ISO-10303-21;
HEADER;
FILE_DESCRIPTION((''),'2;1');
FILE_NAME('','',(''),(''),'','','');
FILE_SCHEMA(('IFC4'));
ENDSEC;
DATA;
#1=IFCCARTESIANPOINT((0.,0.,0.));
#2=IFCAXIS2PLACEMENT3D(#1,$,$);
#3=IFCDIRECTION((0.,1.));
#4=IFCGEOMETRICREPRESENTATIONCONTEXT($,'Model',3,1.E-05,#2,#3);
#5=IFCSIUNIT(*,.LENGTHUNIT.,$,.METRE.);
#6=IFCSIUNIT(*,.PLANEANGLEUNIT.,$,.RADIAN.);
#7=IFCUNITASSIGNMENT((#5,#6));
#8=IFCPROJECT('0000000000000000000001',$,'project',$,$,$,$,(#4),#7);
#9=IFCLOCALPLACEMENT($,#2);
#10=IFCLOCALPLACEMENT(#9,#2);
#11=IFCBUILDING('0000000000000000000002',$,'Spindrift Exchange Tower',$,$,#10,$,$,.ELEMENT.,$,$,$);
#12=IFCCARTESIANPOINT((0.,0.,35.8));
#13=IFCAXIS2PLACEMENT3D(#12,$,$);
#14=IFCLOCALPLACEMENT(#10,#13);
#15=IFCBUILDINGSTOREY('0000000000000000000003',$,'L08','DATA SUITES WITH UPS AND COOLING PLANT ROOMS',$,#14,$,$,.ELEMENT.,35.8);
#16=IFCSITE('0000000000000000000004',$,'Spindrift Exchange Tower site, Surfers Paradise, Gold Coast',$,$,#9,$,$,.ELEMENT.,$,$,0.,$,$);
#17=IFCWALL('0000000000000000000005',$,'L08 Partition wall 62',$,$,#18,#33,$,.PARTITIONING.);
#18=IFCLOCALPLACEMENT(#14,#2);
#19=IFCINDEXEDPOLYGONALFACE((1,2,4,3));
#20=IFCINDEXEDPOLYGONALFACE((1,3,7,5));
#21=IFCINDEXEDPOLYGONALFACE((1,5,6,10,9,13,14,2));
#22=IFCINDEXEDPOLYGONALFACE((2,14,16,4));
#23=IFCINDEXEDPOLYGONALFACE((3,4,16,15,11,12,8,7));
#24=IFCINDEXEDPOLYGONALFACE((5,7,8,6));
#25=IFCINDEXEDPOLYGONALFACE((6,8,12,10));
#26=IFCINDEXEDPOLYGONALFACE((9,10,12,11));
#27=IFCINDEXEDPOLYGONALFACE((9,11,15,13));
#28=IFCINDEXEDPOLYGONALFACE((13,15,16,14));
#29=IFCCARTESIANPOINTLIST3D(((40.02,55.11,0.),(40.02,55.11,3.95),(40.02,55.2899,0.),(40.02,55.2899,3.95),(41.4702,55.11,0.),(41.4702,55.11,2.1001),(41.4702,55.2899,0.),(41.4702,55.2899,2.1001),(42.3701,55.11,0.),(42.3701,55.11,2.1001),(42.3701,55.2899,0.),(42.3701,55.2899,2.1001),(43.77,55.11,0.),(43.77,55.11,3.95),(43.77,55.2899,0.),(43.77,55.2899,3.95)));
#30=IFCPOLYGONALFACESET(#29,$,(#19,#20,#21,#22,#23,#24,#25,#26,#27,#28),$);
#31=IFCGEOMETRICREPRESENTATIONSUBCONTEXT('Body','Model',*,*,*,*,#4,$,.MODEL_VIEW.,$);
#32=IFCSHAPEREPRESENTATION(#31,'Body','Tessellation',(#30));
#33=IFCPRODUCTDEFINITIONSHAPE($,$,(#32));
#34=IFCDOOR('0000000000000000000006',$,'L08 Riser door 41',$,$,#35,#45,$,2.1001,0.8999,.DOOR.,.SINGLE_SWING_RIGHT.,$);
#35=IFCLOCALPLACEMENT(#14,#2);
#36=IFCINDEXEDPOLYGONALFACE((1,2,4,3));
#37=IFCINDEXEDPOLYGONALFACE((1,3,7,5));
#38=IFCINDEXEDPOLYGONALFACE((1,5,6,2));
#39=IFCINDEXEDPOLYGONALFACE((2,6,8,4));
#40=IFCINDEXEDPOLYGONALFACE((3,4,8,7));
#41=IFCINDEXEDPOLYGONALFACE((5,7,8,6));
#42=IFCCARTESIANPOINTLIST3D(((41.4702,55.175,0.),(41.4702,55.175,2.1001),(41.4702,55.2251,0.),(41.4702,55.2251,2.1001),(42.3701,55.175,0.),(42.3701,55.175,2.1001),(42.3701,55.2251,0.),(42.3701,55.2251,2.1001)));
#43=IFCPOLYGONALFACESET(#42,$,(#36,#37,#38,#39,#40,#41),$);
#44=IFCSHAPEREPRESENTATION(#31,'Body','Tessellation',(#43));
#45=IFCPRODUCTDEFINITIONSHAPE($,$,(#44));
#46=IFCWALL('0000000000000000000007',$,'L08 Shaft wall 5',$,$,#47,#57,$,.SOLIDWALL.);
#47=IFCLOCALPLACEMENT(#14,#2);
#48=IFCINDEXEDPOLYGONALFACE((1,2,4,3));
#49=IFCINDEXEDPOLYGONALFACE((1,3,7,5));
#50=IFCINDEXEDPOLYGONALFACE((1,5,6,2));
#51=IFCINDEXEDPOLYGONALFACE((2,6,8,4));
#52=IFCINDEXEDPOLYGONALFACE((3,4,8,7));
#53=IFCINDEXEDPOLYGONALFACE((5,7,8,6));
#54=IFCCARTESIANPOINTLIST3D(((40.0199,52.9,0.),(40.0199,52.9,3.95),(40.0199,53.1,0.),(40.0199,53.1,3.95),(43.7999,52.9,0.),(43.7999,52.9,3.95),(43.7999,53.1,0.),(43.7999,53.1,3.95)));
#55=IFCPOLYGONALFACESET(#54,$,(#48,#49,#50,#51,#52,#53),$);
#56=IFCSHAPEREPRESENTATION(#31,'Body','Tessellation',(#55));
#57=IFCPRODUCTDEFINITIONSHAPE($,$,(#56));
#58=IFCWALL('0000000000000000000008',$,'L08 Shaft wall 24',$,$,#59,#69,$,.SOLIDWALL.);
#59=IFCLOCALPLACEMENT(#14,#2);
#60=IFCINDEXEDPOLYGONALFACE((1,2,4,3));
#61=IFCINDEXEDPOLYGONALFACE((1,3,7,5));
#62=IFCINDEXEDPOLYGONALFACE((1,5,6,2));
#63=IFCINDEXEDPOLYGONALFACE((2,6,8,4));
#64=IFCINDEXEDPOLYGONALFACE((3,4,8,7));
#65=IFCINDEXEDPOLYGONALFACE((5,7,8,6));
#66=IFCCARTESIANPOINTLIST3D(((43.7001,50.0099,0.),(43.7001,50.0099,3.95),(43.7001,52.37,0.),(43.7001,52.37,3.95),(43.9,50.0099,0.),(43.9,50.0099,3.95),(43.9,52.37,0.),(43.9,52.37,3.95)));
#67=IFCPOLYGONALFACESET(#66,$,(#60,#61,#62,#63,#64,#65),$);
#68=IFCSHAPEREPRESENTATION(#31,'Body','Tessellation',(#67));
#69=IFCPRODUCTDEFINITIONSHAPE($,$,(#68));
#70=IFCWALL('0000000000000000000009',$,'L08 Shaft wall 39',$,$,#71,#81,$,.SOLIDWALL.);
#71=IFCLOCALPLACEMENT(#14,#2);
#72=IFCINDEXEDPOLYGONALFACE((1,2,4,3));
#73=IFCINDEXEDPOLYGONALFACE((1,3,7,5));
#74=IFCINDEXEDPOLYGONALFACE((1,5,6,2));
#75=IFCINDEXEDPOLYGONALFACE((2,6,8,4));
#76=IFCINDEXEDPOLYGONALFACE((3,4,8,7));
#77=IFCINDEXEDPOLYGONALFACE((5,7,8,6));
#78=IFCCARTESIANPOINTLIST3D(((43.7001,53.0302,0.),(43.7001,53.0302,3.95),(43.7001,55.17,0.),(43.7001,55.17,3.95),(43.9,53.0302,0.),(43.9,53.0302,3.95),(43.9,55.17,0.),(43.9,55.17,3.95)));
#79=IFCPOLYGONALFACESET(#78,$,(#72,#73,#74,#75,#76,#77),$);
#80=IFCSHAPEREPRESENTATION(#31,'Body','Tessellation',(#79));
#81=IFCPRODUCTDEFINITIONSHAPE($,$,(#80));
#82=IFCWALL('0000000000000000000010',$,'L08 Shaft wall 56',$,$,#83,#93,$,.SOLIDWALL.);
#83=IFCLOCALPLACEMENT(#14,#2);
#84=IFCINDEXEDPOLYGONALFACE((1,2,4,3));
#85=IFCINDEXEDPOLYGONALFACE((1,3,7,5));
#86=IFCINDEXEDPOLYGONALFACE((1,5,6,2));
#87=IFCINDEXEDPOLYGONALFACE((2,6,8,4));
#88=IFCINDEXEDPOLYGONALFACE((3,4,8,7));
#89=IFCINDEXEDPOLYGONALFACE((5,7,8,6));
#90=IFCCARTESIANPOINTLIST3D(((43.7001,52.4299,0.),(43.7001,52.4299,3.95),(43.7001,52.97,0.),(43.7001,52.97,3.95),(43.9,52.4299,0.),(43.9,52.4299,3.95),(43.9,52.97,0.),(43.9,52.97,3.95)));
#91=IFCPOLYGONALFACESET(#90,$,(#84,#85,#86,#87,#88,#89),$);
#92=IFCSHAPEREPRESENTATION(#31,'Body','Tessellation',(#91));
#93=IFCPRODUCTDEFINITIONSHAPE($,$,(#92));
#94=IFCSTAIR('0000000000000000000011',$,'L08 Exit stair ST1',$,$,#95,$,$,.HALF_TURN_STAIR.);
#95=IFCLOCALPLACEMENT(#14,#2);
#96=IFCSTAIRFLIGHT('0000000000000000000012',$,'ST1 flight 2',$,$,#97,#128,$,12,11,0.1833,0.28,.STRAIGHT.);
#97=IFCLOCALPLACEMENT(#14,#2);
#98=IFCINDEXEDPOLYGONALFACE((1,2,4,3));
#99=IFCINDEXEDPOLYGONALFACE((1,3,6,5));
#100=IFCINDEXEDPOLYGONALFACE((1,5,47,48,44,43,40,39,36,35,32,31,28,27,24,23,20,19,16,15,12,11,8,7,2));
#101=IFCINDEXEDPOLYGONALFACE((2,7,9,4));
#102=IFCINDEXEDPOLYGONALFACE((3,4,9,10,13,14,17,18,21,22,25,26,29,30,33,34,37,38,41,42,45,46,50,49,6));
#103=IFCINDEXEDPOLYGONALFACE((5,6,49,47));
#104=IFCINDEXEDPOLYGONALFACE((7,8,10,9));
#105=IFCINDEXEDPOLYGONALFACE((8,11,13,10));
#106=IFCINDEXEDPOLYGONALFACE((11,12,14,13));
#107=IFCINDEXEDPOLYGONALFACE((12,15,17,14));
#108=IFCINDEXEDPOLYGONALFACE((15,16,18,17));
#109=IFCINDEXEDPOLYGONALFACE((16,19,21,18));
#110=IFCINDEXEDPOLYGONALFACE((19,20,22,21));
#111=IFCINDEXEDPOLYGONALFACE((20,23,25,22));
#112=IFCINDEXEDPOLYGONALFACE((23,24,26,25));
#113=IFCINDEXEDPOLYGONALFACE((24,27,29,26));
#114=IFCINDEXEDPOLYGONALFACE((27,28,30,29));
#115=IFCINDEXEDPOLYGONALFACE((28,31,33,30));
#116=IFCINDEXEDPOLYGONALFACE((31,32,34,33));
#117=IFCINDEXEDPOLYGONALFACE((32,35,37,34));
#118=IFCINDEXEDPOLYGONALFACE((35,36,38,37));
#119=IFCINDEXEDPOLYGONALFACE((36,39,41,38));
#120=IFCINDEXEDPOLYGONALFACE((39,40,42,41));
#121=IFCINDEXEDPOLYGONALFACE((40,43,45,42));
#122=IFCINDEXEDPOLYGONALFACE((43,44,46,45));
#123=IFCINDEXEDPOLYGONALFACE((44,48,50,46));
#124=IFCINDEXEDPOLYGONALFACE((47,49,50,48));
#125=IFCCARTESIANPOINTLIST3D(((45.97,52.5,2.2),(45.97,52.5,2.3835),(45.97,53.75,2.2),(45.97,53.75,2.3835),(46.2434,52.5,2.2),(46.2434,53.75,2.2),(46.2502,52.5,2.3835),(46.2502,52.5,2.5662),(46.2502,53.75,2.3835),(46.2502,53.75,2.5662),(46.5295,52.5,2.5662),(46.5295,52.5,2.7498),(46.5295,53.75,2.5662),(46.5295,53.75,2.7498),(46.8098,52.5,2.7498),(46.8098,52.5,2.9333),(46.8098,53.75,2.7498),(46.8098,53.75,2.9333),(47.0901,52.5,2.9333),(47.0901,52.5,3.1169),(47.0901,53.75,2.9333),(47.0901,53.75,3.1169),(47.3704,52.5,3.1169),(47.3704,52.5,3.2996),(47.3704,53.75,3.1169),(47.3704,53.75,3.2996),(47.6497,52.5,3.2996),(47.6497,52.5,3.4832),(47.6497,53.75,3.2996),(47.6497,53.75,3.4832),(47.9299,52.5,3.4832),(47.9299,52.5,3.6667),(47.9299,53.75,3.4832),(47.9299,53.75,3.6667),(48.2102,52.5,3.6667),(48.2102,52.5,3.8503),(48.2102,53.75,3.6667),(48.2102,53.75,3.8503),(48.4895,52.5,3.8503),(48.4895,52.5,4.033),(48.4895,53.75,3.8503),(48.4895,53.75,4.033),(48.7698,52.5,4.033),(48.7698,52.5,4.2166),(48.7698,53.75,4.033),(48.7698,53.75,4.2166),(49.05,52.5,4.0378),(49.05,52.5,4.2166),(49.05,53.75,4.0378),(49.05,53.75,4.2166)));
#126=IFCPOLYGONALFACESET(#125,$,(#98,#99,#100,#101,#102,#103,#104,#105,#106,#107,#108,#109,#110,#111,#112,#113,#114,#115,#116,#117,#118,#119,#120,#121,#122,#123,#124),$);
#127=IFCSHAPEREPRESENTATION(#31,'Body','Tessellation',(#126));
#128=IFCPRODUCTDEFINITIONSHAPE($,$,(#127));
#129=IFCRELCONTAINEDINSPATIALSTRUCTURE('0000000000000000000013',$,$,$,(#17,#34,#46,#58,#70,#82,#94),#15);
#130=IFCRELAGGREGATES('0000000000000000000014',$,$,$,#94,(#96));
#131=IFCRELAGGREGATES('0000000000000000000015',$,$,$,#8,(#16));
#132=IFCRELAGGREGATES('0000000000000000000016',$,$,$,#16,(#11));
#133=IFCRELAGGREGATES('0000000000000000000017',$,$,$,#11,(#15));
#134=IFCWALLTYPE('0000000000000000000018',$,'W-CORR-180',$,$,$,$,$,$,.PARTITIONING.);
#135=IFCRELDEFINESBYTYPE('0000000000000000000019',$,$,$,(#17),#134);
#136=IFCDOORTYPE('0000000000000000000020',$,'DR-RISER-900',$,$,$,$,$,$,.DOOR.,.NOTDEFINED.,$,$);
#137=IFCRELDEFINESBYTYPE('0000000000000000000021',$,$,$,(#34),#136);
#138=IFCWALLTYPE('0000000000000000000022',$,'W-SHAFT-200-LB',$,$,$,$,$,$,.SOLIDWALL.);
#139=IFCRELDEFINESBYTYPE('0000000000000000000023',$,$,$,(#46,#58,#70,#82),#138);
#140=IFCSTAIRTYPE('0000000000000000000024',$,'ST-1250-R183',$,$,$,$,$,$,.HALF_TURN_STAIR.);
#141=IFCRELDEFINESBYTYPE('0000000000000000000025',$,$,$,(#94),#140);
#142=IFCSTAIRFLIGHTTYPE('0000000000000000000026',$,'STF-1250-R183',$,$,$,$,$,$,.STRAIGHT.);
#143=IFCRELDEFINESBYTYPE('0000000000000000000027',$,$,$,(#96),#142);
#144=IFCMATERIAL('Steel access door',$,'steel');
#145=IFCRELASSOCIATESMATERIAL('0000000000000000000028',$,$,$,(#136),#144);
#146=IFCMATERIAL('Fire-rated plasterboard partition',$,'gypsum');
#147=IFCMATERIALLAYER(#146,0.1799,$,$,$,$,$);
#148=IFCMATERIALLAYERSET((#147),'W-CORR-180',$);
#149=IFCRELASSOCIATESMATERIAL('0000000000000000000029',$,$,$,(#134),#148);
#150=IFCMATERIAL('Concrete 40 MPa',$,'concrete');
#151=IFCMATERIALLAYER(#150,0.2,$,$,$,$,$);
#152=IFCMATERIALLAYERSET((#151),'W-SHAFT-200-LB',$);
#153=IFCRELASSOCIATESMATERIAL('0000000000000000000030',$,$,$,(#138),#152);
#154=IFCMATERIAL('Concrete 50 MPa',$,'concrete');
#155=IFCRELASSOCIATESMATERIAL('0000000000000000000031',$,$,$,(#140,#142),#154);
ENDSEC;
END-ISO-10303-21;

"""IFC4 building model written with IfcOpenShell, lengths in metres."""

from ifc_helpers import new_model, si_unit, direction, frame, frame_2d, origin, place, context, subcontext, project, spatial, line, indexed_curve, rectangle, outline, extrude, source, transform, mapped, material, layer, layer_set, type_object, element, fill, aggregate, save


model = new_model("IFC4")

# Units and contexts
model_context = context("Model", 3, precision=1e-05, world=origin(), true_north=direction((0.0, 1.0)))
body_context = subcontext(model_context, "Body", "Model", "MODEL_VIEW")
ifc_project = project(units=[si_unit("LENGTHUNIT", "METRE"), si_unit("PLANEANGLEUNIT", "RADIAN")], contexts=[model_context])

# Site, building, storey
site_placement = place(None, origin())
site = spatial("IfcSite", under=ifc_project, at=site_placement, Name="Spindrift Exchange Tower site, Surfers Paradise, Gold Coast", CompositionType="ELEMENT", RefElevation=0.0)
building_placement = place(site_placement, origin())
building = spatial("IfcBuilding", under=site, at=building_placement, Name="Spindrift Exchange Tower", CompositionType="ELEMENT")
storey_placement = place(building_placement, frame((0.0, 0.0, 35.8)))
storey = spatial("IfcBuildingStorey", under=building, at=storey_placement, Name="L08", Description="DATA SUITES WITH UPS AND COOLING PLANT ROOMS", CompositionType="ELEMENT", Elevation=35.8)

# Shared definitions
ifc_material_1 = material(Name="Steel access door", Category="steel")
door_type_1 = type_object("IfcDoorType", Name="DR-RISER-900", OperationType="NOTDEFINED", PredefinedType="DOOR", material=ifc_material_1)
shared_shape_1 = source(origin(), body_context, "Body", "SweptSolid", [
    extrude(rectangle(XDim=0.8999, YDim=2.1001, at=frame_2d((0.45, 1.05))), frame((0.0, 0.0249, 0.0), z_axis=(0.0, -1.0, 0.0), x_axis=(1.0, 0.0, 0.0)), (0.0, 0.0, 1.0), 0.05),
])

# Wall, opening, door
ifc_material_2 = material(Name="Fire-rated plasterboard partition", Category="gypsum")
ifc_layer_1 = layer(ifc_material_2, 0.1799)
ifc_layer_set_1 = layer_set([ifc_layer_1], Name="W-CORR-180")
wall_type_1 = type_object("IfcWallType", Name="W-CORR-180", PredefinedType="PARTITIONING", material=ifc_layer_set_1)
wall_1_placement = place(storey_placement, frame((43.77, 55.2, 0.0), z_axis=(0.0, 0.0, 1.0), x_axis=(-1.0, 0.0, 0.0)))
wall_1 = element("IfcWall", 1, at=wall_1_placement, inside=storey, type_object=wall_type_1, Name="L08 Partition wall 62", PredefinedType="PARTITIONING", context=body_context, shape_type="SweptSolid", body=[
    extrude(rectangle(XDim=3.75, YDim=0.1799, at=frame_2d((1.875, 0.0))), origin(), (0.0, 0.0, 1.0), 3.95),
])
opening_1_placement = place(wall_1_placement, frame((1.3999, 0.0, 0.0)))
opening_1 = element("IfcOpeningElement", 2, at=opening_1_placement, cuts=wall_1, PredefinedType="OPENING", context=body_context, shape_type="SweptSolid", body=[
    extrude(rectangle(XDim=0.8999, YDim=2.1001, at=frame_2d((0.45, 1.05))), frame((0.0, 0.0999, 0.0), z_axis=(0.0, -1.0, 0.0), x_axis=(1.0, 0.0, 0.0)), (0.0, 0.0, 1.0), 0.2),
])
door_1_placement = place(opening_1_placement, origin())
door_1 = element("IfcDoor", 3, at=door_1_placement, inside=storey, type_object=door_type_1, Name="L08 Riser door 41", OperationType="SINGLE_SWING_RIGHT", OverallHeight=2.1001, OverallWidth=0.8999, PredefinedType="DOOR", context=body_context, shape_type="MappedRepresentation", body=[
    mapped(shared_shape_1, transform((0.0, 0.0, 0.0), scale=1.0)),
])
fill(opening_1, door_1)

# Walls
ifc_material_3 = material(Name="Concrete 40 MPa", Category="concrete")
ifc_layer_2 = layer(ifc_material_3, 0.2)
ifc_layer_set_2 = layer_set([ifc_layer_2], Name="W-SHAFT-200-LB")
wall_type_2 = type_object("IfcWallType", Name="W-SHAFT-200-LB", PredefinedType="SOLIDWALL", material=ifc_layer_set_2)
wall_2_placement = place(storey_placement, frame((43.8, 53.0, 0.0), z_axis=(0.0, 0.0, 1.0), x_axis=(-1.0, 0.0, 0.0)))
element("IfcWall", 4, at=wall_2_placement, inside=storey, type_object=wall_type_2, Name="L08 Shaft wall 5", PredefinedType="SOLIDWALL", context=body_context, shape_type="SweptSolid", body=[
    extrude(rectangle(XDim=3.78, YDim=0.2, at=frame_2d((1.8901, 0.0))), origin(), (0.0, 0.0, 1.0), 3.95),
])
wall_3_placement = place(storey_placement, frame((43.8, 52.3701, 0.0), z_axis=(0.0, 0.0, 1.0), x_axis=(0.0, -1.0, 0.0)))
element("IfcWall", 5, at=wall_3_placement, inside=storey, type_object=wall_type_2, Name="L08 Shaft wall 24", PredefinedType="SOLIDWALL", context=body_context, shape_type="SweptSolid", body=[
    extrude(rectangle(XDim=2.3601, YDim=0.2, at=frame_2d((1.1802, 0.0))), origin(), (0.0, 0.0, 1.0), 3.95),
])
wall_4_placement = place(storey_placement, frame((43.8, 55.1699, 0.0), z_axis=(0.0, 0.0, 1.0), x_axis=(0.0, -1.0, 0.0)))
element("IfcWall", 6, at=wall_4_placement, inside=storey, type_object=wall_type_2, Name="L08 Shaft wall 39", PredefinedType="SOLIDWALL", context=body_context, shape_type="SweptSolid", body=[
    extrude(rectangle(XDim=2.1399, YDim=0.2, at=frame_2d((1.0698, 0.0))), origin(), (0.0, 0.0, 1.0), 3.95),
])
wall_5_placement = place(storey_placement, frame((43.8, 52.4299, 0.0), z_axis=(0.0, 0.0, 1.0), x_axis=(0.0, 1.0, 0.0)))
element("IfcWall", 7, at=wall_5_placement, inside=storey, type_object=wall_type_2, Name="L08 Shaft wall 56", PredefinedType="SOLIDWALL", context=body_context, shape_type="SweptSolid", body=[
    extrude(rectangle(XDim=0.54, YDim=0.2, at=frame_2d((0.27, 0.0))), origin(), (0.0, 0.0, 1.0), 3.95),
])

# Stair, stair flight
ifc_material_4 = material(Name="Concrete 50 MPa", Category="concrete")
stair_type = type_object("IfcStairType", Name="ST-1250-R183", PredefinedType="HALF_TURN_STAIR", material=ifc_material_4)
stair_placement = place(storey_placement, origin())
stair = element("IfcStair", 8, at=stair_placement, inside=storey, type_object=stair_type, Name="L08 Exit stair ST1", PredefinedType="HALF_TURN_STAIR")
stair_flight_type = type_object("IfcStairFlightType", Name="STF-1250-R183", PredefinedType="STRAIGHT", material=ifc_material_4)
stair_flight_placement = place(storey_placement, frame((45.97, 53.125, 2.2), z_axis=(0.0, 0.0, 1.0), x_axis=(1.0, 0.0, 0.0)))
stair_flight = element("IfcStairFlight", 9, at=stair_flight_placement, type_object=stair_flight_type, Name="ST1 flight 2", NumberOfRisers=12, NumberOfTreads=11, PredefinedType="STRAIGHT", RiserHeight=0.1833, TreadLength=0.28, context=body_context, shape_type="SweptSolid", body=[
    extrude(outline(indexed_curve([(0.0, 0.0), (0.0, 0.1836), (0.2803, 0.1836), (0.2803, 0.3662), (0.5596, 0.3662), (0.5596, 0.5498), (0.8398, 0.5498), (0.8398, 0.7334), (1.1201, 0.7334), (1.1201, 0.917), (1.4004, 0.917), (1.4004, 1.0996), (1.6797, 1.0996), (1.6797, 1.2832), (1.96, 1.2832), (1.96, 1.4668), (2.2402, 1.4668), (2.2402, 1.6504), (2.5195, 1.6504), (2.5195, 1.833), (2.7998, 1.833), (2.7998, 2.0166), (3.0801, 2.0166), (3.0801, 2.2002), (3.0801, 1.8379), (0.2734, 0.0)], segments=[line(1, 2, 3, 4, 5, 6, 7, 8, 9, 10, 11, 12, 13, 14, 15, 16, 17, 18, 19, 20, 21, 22, 23, 24, 25, 26, 1)], self_intersect=False)), frame((0.0, 0.625, 0.0), z_axis=(0.0, -1.0, 0.0), x_axis=(1.0, 0.0, 0.0)), (0.0, 0.0, 1.0), 1.25),
])
aggregate(stair, [stair_flight])

save(model, "model.ifc")
